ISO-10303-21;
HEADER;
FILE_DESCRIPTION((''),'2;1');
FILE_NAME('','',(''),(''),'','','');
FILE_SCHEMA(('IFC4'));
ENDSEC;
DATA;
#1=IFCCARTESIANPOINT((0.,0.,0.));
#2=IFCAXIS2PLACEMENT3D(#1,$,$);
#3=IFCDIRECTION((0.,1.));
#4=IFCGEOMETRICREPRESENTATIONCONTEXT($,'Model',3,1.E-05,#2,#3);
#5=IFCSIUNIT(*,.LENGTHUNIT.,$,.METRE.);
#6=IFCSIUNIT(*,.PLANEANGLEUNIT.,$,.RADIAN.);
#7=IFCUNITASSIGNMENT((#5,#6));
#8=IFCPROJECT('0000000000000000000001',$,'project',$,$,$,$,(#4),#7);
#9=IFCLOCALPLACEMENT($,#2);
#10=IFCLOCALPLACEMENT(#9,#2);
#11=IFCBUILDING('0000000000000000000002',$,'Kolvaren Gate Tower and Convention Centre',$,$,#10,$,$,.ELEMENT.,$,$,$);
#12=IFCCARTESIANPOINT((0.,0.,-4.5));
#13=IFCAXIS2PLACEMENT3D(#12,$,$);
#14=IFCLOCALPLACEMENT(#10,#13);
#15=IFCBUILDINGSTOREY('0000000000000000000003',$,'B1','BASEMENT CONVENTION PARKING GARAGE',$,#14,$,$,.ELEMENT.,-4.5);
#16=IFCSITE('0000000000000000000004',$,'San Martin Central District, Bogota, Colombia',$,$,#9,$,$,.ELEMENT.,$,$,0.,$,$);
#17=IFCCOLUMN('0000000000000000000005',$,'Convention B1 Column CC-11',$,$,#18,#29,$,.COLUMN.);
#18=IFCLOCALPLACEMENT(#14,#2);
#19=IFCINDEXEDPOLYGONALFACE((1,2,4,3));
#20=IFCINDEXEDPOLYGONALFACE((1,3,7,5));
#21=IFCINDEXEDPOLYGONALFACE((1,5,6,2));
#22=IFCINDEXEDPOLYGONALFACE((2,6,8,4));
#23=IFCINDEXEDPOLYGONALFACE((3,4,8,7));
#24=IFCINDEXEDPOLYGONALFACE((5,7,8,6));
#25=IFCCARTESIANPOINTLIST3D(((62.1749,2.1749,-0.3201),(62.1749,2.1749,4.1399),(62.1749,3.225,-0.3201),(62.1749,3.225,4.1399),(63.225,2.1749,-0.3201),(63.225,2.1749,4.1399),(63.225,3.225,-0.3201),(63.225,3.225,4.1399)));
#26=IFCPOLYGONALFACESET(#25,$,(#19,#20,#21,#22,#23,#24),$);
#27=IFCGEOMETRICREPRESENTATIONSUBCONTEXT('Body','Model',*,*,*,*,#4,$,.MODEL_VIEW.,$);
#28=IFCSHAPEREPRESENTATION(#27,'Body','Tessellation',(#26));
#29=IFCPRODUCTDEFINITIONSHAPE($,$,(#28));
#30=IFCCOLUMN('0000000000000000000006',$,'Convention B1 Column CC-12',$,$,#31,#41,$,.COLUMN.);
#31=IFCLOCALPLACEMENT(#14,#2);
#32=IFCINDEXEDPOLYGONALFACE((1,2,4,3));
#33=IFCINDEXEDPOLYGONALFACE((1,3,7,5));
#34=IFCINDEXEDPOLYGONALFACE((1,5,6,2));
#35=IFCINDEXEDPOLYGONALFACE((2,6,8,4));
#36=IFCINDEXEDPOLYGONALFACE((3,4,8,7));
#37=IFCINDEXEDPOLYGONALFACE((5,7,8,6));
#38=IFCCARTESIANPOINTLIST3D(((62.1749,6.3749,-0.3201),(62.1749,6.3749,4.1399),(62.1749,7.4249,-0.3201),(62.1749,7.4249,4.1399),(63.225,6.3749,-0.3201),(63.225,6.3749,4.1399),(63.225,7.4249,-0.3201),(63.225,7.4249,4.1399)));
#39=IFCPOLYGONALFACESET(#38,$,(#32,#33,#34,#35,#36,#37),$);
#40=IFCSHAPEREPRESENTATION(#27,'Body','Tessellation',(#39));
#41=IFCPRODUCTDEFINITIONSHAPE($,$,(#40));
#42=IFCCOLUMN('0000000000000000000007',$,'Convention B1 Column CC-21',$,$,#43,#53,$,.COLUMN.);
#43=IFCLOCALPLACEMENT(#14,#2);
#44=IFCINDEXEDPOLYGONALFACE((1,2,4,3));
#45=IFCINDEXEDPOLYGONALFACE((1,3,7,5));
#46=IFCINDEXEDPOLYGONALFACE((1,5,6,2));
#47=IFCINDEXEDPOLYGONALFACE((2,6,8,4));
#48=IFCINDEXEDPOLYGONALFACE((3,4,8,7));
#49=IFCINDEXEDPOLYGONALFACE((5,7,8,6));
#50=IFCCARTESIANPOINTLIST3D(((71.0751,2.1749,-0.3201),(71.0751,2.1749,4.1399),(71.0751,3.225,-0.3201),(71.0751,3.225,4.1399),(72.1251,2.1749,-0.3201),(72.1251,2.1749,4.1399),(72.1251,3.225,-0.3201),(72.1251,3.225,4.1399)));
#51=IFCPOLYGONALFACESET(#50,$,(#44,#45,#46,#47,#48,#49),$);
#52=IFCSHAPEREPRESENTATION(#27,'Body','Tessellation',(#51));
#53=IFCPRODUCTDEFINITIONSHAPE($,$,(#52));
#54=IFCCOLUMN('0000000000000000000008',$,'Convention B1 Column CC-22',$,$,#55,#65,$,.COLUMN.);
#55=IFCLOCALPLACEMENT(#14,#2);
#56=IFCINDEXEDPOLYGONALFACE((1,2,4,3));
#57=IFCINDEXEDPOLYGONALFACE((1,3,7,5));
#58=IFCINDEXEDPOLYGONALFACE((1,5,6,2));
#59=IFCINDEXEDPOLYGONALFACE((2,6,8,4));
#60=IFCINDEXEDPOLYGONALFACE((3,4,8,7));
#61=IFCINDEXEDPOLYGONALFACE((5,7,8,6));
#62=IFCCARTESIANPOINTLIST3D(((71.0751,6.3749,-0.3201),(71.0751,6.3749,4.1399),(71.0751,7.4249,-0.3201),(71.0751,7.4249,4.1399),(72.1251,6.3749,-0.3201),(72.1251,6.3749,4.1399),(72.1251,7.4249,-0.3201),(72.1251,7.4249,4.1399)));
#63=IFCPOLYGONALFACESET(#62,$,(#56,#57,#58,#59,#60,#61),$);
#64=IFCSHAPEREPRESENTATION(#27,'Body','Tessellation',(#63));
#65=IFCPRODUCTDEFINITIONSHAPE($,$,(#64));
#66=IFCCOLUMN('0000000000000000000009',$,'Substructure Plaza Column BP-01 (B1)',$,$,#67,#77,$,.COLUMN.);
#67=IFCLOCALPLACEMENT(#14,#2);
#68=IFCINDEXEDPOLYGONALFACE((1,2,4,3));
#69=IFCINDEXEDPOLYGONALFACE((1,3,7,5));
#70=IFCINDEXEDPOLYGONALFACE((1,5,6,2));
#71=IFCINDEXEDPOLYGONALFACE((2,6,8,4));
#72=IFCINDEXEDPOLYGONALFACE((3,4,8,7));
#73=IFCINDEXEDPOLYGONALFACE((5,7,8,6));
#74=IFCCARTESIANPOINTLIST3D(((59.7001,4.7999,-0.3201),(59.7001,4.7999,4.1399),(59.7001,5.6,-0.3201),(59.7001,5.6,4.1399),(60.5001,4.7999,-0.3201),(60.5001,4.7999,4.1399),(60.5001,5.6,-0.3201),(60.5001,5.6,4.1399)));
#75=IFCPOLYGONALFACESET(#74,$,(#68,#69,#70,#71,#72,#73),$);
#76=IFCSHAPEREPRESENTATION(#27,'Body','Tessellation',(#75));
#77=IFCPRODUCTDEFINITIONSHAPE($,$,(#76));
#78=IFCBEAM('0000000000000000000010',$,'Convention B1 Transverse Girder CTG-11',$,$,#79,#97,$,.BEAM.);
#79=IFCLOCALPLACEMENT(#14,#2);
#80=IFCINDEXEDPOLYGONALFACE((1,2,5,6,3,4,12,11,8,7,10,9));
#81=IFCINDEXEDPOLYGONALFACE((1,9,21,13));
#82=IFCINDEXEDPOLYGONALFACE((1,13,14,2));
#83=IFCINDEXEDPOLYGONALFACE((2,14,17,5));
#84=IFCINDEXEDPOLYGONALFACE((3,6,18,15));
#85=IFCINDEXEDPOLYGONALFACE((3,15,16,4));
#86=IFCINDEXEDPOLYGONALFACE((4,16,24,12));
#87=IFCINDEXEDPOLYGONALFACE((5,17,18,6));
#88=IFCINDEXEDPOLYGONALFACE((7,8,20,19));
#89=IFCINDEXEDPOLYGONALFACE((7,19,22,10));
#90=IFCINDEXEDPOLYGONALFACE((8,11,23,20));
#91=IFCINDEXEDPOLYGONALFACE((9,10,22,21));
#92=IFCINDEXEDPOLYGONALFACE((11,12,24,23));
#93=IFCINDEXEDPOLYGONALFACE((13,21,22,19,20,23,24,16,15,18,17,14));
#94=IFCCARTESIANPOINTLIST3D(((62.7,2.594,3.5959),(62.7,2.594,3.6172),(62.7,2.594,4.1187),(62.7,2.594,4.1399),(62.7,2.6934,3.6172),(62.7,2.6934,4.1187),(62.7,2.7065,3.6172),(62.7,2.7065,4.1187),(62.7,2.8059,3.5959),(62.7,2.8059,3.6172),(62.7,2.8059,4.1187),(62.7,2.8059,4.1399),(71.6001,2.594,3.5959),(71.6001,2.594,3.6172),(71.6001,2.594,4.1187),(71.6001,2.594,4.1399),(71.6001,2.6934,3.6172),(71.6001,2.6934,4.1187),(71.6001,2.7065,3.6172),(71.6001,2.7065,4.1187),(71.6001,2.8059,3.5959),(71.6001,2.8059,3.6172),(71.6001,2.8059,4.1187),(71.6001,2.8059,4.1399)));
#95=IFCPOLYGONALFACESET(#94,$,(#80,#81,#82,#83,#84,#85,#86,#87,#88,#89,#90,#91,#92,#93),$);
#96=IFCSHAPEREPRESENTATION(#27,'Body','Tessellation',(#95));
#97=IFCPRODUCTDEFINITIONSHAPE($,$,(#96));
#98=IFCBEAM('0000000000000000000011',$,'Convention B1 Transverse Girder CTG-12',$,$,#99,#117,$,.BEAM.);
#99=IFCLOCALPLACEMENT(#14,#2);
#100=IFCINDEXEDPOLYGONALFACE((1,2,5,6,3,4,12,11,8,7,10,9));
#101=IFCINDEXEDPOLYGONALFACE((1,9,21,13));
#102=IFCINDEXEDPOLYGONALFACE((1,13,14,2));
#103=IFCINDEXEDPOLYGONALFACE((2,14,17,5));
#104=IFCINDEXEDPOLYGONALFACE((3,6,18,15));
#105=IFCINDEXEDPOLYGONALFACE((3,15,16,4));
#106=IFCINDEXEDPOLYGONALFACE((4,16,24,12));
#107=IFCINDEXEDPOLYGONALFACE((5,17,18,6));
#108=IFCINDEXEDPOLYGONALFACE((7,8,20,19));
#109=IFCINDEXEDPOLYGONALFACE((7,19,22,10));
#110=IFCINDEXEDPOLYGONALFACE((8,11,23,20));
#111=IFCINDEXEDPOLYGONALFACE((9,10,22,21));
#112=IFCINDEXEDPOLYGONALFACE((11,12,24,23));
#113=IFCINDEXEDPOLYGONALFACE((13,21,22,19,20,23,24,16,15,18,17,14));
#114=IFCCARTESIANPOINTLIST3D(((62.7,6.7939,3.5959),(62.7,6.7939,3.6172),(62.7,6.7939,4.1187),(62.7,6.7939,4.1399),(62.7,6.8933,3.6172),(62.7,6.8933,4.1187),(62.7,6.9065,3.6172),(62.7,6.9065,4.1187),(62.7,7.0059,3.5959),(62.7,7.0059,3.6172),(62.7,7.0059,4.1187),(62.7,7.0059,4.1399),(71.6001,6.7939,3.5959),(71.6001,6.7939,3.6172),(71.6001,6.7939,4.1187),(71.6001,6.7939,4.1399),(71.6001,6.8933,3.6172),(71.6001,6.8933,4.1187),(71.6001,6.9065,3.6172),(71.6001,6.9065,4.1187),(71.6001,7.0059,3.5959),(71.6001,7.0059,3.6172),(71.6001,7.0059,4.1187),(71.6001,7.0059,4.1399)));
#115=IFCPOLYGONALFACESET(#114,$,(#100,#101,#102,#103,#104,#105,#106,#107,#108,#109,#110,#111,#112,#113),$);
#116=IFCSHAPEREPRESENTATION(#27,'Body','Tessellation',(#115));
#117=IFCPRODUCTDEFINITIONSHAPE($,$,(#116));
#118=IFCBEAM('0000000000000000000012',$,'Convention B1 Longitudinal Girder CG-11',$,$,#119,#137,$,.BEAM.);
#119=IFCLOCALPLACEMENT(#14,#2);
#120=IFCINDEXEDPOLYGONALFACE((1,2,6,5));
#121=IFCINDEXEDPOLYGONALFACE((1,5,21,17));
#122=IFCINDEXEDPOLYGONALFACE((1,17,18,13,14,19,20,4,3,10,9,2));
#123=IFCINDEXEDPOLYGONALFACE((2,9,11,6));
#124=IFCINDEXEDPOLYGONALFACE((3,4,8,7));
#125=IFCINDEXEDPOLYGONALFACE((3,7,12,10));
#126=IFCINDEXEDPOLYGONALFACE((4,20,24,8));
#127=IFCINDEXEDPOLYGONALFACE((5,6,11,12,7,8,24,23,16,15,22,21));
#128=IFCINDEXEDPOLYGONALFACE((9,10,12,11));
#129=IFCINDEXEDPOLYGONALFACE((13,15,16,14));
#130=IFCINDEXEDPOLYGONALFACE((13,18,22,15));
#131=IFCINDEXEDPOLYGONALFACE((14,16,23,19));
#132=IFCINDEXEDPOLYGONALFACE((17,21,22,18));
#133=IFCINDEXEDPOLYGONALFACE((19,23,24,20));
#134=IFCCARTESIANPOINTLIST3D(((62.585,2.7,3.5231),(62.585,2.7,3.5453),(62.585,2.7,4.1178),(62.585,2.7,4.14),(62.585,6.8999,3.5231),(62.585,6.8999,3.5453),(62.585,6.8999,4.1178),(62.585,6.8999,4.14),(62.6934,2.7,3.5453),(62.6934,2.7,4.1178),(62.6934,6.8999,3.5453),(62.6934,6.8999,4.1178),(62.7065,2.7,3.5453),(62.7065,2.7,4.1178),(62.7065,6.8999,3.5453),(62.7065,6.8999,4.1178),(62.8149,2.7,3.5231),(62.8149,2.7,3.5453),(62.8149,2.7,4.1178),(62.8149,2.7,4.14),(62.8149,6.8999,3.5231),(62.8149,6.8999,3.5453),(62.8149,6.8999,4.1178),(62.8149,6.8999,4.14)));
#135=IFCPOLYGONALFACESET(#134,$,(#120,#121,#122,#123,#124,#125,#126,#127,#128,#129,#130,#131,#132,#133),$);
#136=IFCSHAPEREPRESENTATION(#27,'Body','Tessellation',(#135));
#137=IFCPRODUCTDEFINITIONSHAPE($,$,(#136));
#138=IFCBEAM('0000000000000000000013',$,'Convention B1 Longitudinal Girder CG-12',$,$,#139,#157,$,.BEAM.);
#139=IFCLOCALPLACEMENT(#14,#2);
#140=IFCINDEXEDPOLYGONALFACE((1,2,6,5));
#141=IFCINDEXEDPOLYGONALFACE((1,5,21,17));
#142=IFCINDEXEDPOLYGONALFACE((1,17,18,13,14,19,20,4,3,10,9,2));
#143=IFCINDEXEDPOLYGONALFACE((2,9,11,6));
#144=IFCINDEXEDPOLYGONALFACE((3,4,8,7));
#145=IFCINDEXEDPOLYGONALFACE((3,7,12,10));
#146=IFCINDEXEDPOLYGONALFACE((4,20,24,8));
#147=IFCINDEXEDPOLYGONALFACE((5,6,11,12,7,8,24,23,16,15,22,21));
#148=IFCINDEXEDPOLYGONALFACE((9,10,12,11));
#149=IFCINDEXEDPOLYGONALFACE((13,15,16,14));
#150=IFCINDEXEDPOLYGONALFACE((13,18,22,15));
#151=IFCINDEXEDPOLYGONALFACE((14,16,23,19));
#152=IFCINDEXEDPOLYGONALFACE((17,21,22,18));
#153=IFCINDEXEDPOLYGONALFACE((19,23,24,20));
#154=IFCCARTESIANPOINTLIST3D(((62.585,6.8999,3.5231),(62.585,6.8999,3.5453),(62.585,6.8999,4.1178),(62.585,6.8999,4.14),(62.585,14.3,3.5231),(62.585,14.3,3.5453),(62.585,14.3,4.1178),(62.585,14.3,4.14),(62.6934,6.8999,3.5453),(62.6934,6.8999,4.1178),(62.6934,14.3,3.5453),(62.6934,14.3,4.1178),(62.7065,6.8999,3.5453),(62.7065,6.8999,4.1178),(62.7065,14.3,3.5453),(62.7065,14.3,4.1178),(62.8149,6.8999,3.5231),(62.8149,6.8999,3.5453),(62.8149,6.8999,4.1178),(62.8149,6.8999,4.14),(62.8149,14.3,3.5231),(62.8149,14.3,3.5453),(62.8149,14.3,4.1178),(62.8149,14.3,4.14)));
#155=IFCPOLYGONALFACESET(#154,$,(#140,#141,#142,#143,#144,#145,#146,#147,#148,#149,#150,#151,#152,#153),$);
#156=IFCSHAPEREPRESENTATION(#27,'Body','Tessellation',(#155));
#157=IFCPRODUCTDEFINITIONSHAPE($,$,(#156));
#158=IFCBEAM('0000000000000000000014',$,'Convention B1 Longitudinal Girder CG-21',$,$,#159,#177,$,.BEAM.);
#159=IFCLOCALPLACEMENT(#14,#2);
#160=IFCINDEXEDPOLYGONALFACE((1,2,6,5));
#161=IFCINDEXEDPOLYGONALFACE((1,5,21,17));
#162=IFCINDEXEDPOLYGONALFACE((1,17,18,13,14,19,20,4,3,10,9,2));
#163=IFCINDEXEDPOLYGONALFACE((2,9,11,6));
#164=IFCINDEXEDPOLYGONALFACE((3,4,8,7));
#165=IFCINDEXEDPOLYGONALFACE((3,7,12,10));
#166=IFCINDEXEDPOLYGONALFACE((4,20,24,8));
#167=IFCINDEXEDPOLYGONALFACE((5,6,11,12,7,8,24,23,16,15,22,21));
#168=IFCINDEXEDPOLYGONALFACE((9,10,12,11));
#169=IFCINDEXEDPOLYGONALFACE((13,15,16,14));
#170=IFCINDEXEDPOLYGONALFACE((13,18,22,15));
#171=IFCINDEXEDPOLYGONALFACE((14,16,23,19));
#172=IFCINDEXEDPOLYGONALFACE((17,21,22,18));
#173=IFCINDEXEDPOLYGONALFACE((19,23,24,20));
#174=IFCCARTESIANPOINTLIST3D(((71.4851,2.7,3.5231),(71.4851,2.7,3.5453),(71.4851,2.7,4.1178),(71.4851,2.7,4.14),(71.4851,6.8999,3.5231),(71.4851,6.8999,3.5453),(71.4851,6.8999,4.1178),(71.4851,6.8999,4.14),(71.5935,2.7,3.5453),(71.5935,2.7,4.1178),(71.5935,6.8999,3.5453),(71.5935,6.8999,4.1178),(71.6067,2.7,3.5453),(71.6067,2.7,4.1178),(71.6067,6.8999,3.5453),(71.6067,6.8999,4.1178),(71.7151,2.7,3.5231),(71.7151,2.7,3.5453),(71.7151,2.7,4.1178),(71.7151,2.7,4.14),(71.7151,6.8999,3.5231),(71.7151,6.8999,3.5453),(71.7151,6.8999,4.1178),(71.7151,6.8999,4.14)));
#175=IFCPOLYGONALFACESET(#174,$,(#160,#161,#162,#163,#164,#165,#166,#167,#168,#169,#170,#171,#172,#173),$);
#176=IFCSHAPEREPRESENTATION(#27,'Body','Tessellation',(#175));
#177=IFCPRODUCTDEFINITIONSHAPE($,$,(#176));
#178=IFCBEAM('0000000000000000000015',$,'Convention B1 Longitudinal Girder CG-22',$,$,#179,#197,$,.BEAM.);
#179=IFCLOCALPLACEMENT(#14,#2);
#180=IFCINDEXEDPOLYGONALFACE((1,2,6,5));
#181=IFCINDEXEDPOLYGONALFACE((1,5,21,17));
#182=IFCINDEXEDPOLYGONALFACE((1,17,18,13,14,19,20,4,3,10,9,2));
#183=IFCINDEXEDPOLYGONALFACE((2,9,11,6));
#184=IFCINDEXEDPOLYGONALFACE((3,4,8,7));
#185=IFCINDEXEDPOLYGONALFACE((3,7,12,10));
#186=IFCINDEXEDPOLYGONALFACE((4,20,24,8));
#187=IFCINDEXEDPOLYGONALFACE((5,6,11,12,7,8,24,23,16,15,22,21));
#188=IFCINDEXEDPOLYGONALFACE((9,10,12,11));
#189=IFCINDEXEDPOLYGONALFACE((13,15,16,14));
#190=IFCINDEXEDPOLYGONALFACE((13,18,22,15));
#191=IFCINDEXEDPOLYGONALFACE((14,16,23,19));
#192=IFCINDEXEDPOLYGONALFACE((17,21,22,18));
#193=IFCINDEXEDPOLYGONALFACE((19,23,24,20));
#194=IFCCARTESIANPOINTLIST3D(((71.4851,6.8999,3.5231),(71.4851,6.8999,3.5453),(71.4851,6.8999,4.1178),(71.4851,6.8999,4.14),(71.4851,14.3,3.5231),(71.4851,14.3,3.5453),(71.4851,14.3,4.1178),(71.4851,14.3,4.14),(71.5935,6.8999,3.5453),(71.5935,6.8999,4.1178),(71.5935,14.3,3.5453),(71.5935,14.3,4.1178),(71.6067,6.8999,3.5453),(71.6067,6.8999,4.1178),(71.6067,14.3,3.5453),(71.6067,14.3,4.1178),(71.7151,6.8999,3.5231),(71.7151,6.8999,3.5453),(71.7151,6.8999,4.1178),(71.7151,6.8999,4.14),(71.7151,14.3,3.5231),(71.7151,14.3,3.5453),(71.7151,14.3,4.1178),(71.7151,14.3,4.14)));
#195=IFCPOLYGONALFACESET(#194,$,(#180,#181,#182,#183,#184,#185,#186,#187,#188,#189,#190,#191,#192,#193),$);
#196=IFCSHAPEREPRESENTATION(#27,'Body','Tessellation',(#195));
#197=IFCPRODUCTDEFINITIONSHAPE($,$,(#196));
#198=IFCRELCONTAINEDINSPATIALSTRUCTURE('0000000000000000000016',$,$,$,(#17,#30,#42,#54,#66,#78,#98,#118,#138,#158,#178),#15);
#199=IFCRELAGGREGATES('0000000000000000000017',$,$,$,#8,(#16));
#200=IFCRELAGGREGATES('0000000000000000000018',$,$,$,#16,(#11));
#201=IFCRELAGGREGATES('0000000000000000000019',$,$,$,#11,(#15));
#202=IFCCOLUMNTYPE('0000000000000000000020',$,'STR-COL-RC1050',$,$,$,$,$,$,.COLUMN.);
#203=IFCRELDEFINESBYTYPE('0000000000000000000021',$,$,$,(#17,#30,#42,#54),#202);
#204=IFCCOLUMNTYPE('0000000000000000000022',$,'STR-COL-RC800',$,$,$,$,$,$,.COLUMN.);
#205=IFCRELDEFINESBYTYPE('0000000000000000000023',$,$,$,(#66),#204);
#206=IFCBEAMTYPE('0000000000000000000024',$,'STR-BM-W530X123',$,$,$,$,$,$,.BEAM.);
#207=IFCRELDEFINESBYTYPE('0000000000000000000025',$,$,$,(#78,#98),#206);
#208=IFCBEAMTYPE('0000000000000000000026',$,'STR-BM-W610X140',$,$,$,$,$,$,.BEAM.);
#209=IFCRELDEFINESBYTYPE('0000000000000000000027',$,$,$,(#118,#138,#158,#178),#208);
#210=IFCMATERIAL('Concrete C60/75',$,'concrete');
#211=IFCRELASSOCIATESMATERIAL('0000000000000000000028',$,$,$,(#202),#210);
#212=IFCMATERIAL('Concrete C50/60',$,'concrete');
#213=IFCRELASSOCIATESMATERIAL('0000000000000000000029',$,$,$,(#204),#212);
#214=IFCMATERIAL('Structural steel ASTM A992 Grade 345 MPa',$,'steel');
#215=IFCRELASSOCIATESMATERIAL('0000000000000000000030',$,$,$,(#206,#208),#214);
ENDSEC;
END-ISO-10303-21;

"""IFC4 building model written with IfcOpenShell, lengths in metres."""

from ifc_helpers import new_model, si_unit, direction, frame, origin, origin_2d, place, context, subcontext, project, spatial, rectangle, i_section, extrude, material, material_profile, profile_set, type_object, element, save


model = new_model("IFC4")

# Units and contexts
model_context = context("Model", 3, precision=1e-05, world=origin(), true_north=direction((0.0, 1.0)))
body_context = subcontext(model_context, "Body", "Model", "MODEL_VIEW")
ifc_project = project(units=[si_unit("LENGTHUNIT", "METRE"), si_unit("PLANEANGLEUNIT", "RADIAN")], contexts=[model_context])

# Site, building, storey
site_placement = place(None, origin())
site = spatial("IfcSite", under=ifc_project, at=site_placement, Name="San Martin Central District, Bogota, Colombia", CompositionType="ELEMENT", RefElevation=0.0)
building_placement = place(site_placement, origin())
building = spatial("IfcBuilding", under=site, at=building_placement, Name="Kolvaren Gate Tower and Convention Centre", CompositionType="ELEMENT")
storey_placement = place(building_placement, frame((0.0, 0.0, -4.5)))
storey = spatial("IfcBuildingStorey", under=building, at=storey_placement, Name="B1", Description="BASEMENT CONVENTION PARKING GARAGE", CompositionType="ELEMENT", Elevation=-4.5)

# Columns
ifc_material_1 = material(Name="Concrete C60/75", Category="concrete")
ifc_material_profile_1 = material_profile(ifc_material_1, rectangle(XDim=1.05, YDim=1.05, at=origin_2d()), Name="RC-COL-1050X1050")
ifc_profile_set_1 = profile_set([ifc_material_profile_1], Name="Concrete C60/75")
column_type_1 = type_object("IfcColumnType", Name="STR-COL-RC1050", PredefinedType="COLUMN", material=ifc_profile_set_1)
for number, where, z_axis, x_axis, name in (
    (1, (62.7, 2.7, -0.3201), (0.0, 0.0, 1.0), (1.0, 0.0, 0.0), "Convention B1 Column CC-11"),
    (2, (62.7, 6.8999, -0.3201), (0.0, 0.0, 1.0), (1.0, 0.0, 0.0), "Convention B1 Column CC-12"),
    (3, (71.6001, 2.7, -0.3201), (0.0, 0.0, 1.0), (1.0, 0.0, 0.0), "Convention B1 Column CC-21"),
    (4, (71.6001, 6.8999, -0.3201), (0.0, 0.0, 1.0), (1.0, 0.0, 0.0), "Convention B1 Column CC-22"),
):
    element("IfcColumn", number, at=place(storey_placement, frame(where, z_axis=z_axis, x_axis=x_axis)), inside=storey, type_object=column_type_1, Name=name, PredefinedType="COLUMN", context=body_context, shape_type="SweptSolid", body=[
        extrude(rectangle(XDim=1.05, YDim=1.05, at=origin_2d()), origin(), (0.0, 0.0, 1.0), 4.46),
    ])
ifc_material_2 = material(Name="Concrete C50/60", Category="concrete")
ifc_material_profile_2 = material_profile(ifc_material_2, rectangle(XDim=0.8, YDim=0.8, at=origin_2d()), Name="RC-COL-800X800")
ifc_profile_set_2 = profile_set([ifc_material_profile_2], Name="Concrete C50/60")
column_type_2 = type_object("IfcColumnType", Name="STR-COL-RC800", PredefinedType="COLUMN", material=ifc_profile_set_2)
column_placement = place(storey_placement, frame((60.1001, 5.2, -0.3201), z_axis=(0.0, 0.0, 1.0), x_axis=(1.0, 0.0, 0.0)))
element("IfcColumn", 5, at=column_placement, inside=storey, type_object=column_type_2, Name="Substructure Plaza Column BP-01 (B1)", PredefinedType="COLUMN", context=body_context, shape_type="SweptSolid", body=[
    extrude(rectangle(XDim=0.8, YDim=0.8, at=origin_2d()), origin(), (0.0, 0.0, 1.0), 4.46),
])

# Beams
ifc_material_3 = material(Name="Structural steel ASTM A992 Grade 345 MPa", Category="steel")
ifc_material_profile_3 = material_profile(ifc_material_3, i_section(OverallWidth=0.2119, OverallDepth=0.5439, WebThickness=0.0132, FlangeThickness=0.0212, at=origin_2d()), Name="W530X123")
ifc_profile_set_3 = profile_set([ifc_material_profile_3], Name="Structural steel ASTM A992 Grade 345 MPa")
beam_type_1 = type_object("IfcBeamType", Name="STR-BM-W530X123", PredefinedType="BEAM", material=ifc_profile_set_3)
for number, where, z_axis, x_axis, name in (
    (6, (62.7, 2.7, 3.8679), (1.0, 0.0, 0.0), (0.0, 1.0, 0.0), "Convention B1 Transverse Girder CTG-11"),
    (7, (62.7, 6.8999, 3.8679), (1.0, 0.0, 0.0), (0.0, 1.0, 0.0), "Convention B1 Transverse Girder CTG-12"),
):
    element("IfcBeam", number, at=place(storey_placement, frame(where, z_axis=z_axis, x_axis=x_axis)), inside=storey, type_object=beam_type_1, Name=name, PredefinedType="BEAM", context=body_context, shape_type="SweptSolid", body=[
        extrude(i_section(OverallWidth=0.2119, OverallDepth=0.5439, WebThickness=0.0132, FlangeThickness=0.0212, at=origin_2d()), origin(), (0.0, 0.0, 1.0), 8.9001),
    ])
ifc_material_profile_4 = material_profile(ifc_material_3, i_section(OverallWidth=0.23, OverallDepth=0.6169, WebThickness=0.0132, FlangeThickness=0.0222, at=origin_2d()), Name="W610X140")
ifc_profile_set_4 = profile_set([ifc_material_profile_4], Name="Structural steel ASTM A992 Grade 345 MPa")
beam_type_2 = type_object("IfcBeamType", Name="STR-BM-W610X140", PredefinedType="BEAM", material=ifc_profile_set_4)
beam_1_placement = place(storey_placement, frame((62.7, 2.7, 3.8315), z_axis=(0.0, 1.0, 0.0), x_axis=(-1.0, 0.0, 0.0)))
element("IfcBeam", 8, at=beam_1_placement, inside=storey, type_object=beam_type_2, Name="Convention B1 Longitudinal Girder CG-11", PredefinedType="BEAM", context=body_context, shape_type="SweptSolid", body=[
    extrude(i_section(OverallWidth=0.23, OverallDepth=0.6169, WebThickness=0.0132, FlangeThickness=0.0222, at=origin_2d()), origin(), (0.0, 0.0, 1.0), 4.2),
])
beam_2_placement = place(storey_placement, frame((62.7, 6.8999, 3.8315), z_axis=(0.0, 1.0, 0.0), x_axis=(-1.0, 0.0, 0.0)))
element("IfcBeam", 9, at=beam_2_placement, inside=storey, type_object=beam_type_2, Name="Convention B1 Longitudinal Girder CG-12", PredefinedType="BEAM", context=body_context, shape_type="SweptSolid", body=[
    extrude(i_section(OverallWidth=0.23, OverallDepth=0.6169, WebThickness=0.0132, FlangeThickness=0.0222, at=origin_2d()), origin(), (0.0, 0.0, 1.0), 7.4001),
])
beam_3_placement = place(storey_placement, frame((71.6001, 2.7, 3.8315), z_axis=(0.0, 1.0, 0.0), x_axis=(-1.0, 0.0, 0.0)))
element("IfcBeam", 10, at=beam_3_placement, inside=storey, type_object=beam_type_2, Name="Convention B1 Longitudinal Girder CG-21", PredefinedType="BEAM", context=body_context, shape_type="SweptSolid", body=[
    extrude(i_section(OverallWidth=0.23, OverallDepth=0.6169, WebThickness=0.0132, FlangeThickness=0.0222, at=origin_2d()), origin(), (0.0, 0.0, 1.0), 4.2),
])
beam_4_placement = place(storey_placement, frame((71.6001, 6.8999, 3.8315), z_axis=(0.0, 1.0, 0.0), x_axis=(-1.0, 0.0, 0.0)))
element("IfcBeam", 11, at=beam_4_placement, inside=storey, type_object=beam_type_2, Name="Convention B1 Longitudinal Girder CG-22", PredefinedType="BEAM", context=body_context, shape_type="SweptSolid", body=[
    extrude(i_section(OverallWidth=0.23, OverallDepth=0.6169, WebThickness=0.0132, FlangeThickness=0.0222, at=origin_2d()), origin(), (0.0, 0.0, 1.0), 7.4001),
])

save(model, "model.ifc")
